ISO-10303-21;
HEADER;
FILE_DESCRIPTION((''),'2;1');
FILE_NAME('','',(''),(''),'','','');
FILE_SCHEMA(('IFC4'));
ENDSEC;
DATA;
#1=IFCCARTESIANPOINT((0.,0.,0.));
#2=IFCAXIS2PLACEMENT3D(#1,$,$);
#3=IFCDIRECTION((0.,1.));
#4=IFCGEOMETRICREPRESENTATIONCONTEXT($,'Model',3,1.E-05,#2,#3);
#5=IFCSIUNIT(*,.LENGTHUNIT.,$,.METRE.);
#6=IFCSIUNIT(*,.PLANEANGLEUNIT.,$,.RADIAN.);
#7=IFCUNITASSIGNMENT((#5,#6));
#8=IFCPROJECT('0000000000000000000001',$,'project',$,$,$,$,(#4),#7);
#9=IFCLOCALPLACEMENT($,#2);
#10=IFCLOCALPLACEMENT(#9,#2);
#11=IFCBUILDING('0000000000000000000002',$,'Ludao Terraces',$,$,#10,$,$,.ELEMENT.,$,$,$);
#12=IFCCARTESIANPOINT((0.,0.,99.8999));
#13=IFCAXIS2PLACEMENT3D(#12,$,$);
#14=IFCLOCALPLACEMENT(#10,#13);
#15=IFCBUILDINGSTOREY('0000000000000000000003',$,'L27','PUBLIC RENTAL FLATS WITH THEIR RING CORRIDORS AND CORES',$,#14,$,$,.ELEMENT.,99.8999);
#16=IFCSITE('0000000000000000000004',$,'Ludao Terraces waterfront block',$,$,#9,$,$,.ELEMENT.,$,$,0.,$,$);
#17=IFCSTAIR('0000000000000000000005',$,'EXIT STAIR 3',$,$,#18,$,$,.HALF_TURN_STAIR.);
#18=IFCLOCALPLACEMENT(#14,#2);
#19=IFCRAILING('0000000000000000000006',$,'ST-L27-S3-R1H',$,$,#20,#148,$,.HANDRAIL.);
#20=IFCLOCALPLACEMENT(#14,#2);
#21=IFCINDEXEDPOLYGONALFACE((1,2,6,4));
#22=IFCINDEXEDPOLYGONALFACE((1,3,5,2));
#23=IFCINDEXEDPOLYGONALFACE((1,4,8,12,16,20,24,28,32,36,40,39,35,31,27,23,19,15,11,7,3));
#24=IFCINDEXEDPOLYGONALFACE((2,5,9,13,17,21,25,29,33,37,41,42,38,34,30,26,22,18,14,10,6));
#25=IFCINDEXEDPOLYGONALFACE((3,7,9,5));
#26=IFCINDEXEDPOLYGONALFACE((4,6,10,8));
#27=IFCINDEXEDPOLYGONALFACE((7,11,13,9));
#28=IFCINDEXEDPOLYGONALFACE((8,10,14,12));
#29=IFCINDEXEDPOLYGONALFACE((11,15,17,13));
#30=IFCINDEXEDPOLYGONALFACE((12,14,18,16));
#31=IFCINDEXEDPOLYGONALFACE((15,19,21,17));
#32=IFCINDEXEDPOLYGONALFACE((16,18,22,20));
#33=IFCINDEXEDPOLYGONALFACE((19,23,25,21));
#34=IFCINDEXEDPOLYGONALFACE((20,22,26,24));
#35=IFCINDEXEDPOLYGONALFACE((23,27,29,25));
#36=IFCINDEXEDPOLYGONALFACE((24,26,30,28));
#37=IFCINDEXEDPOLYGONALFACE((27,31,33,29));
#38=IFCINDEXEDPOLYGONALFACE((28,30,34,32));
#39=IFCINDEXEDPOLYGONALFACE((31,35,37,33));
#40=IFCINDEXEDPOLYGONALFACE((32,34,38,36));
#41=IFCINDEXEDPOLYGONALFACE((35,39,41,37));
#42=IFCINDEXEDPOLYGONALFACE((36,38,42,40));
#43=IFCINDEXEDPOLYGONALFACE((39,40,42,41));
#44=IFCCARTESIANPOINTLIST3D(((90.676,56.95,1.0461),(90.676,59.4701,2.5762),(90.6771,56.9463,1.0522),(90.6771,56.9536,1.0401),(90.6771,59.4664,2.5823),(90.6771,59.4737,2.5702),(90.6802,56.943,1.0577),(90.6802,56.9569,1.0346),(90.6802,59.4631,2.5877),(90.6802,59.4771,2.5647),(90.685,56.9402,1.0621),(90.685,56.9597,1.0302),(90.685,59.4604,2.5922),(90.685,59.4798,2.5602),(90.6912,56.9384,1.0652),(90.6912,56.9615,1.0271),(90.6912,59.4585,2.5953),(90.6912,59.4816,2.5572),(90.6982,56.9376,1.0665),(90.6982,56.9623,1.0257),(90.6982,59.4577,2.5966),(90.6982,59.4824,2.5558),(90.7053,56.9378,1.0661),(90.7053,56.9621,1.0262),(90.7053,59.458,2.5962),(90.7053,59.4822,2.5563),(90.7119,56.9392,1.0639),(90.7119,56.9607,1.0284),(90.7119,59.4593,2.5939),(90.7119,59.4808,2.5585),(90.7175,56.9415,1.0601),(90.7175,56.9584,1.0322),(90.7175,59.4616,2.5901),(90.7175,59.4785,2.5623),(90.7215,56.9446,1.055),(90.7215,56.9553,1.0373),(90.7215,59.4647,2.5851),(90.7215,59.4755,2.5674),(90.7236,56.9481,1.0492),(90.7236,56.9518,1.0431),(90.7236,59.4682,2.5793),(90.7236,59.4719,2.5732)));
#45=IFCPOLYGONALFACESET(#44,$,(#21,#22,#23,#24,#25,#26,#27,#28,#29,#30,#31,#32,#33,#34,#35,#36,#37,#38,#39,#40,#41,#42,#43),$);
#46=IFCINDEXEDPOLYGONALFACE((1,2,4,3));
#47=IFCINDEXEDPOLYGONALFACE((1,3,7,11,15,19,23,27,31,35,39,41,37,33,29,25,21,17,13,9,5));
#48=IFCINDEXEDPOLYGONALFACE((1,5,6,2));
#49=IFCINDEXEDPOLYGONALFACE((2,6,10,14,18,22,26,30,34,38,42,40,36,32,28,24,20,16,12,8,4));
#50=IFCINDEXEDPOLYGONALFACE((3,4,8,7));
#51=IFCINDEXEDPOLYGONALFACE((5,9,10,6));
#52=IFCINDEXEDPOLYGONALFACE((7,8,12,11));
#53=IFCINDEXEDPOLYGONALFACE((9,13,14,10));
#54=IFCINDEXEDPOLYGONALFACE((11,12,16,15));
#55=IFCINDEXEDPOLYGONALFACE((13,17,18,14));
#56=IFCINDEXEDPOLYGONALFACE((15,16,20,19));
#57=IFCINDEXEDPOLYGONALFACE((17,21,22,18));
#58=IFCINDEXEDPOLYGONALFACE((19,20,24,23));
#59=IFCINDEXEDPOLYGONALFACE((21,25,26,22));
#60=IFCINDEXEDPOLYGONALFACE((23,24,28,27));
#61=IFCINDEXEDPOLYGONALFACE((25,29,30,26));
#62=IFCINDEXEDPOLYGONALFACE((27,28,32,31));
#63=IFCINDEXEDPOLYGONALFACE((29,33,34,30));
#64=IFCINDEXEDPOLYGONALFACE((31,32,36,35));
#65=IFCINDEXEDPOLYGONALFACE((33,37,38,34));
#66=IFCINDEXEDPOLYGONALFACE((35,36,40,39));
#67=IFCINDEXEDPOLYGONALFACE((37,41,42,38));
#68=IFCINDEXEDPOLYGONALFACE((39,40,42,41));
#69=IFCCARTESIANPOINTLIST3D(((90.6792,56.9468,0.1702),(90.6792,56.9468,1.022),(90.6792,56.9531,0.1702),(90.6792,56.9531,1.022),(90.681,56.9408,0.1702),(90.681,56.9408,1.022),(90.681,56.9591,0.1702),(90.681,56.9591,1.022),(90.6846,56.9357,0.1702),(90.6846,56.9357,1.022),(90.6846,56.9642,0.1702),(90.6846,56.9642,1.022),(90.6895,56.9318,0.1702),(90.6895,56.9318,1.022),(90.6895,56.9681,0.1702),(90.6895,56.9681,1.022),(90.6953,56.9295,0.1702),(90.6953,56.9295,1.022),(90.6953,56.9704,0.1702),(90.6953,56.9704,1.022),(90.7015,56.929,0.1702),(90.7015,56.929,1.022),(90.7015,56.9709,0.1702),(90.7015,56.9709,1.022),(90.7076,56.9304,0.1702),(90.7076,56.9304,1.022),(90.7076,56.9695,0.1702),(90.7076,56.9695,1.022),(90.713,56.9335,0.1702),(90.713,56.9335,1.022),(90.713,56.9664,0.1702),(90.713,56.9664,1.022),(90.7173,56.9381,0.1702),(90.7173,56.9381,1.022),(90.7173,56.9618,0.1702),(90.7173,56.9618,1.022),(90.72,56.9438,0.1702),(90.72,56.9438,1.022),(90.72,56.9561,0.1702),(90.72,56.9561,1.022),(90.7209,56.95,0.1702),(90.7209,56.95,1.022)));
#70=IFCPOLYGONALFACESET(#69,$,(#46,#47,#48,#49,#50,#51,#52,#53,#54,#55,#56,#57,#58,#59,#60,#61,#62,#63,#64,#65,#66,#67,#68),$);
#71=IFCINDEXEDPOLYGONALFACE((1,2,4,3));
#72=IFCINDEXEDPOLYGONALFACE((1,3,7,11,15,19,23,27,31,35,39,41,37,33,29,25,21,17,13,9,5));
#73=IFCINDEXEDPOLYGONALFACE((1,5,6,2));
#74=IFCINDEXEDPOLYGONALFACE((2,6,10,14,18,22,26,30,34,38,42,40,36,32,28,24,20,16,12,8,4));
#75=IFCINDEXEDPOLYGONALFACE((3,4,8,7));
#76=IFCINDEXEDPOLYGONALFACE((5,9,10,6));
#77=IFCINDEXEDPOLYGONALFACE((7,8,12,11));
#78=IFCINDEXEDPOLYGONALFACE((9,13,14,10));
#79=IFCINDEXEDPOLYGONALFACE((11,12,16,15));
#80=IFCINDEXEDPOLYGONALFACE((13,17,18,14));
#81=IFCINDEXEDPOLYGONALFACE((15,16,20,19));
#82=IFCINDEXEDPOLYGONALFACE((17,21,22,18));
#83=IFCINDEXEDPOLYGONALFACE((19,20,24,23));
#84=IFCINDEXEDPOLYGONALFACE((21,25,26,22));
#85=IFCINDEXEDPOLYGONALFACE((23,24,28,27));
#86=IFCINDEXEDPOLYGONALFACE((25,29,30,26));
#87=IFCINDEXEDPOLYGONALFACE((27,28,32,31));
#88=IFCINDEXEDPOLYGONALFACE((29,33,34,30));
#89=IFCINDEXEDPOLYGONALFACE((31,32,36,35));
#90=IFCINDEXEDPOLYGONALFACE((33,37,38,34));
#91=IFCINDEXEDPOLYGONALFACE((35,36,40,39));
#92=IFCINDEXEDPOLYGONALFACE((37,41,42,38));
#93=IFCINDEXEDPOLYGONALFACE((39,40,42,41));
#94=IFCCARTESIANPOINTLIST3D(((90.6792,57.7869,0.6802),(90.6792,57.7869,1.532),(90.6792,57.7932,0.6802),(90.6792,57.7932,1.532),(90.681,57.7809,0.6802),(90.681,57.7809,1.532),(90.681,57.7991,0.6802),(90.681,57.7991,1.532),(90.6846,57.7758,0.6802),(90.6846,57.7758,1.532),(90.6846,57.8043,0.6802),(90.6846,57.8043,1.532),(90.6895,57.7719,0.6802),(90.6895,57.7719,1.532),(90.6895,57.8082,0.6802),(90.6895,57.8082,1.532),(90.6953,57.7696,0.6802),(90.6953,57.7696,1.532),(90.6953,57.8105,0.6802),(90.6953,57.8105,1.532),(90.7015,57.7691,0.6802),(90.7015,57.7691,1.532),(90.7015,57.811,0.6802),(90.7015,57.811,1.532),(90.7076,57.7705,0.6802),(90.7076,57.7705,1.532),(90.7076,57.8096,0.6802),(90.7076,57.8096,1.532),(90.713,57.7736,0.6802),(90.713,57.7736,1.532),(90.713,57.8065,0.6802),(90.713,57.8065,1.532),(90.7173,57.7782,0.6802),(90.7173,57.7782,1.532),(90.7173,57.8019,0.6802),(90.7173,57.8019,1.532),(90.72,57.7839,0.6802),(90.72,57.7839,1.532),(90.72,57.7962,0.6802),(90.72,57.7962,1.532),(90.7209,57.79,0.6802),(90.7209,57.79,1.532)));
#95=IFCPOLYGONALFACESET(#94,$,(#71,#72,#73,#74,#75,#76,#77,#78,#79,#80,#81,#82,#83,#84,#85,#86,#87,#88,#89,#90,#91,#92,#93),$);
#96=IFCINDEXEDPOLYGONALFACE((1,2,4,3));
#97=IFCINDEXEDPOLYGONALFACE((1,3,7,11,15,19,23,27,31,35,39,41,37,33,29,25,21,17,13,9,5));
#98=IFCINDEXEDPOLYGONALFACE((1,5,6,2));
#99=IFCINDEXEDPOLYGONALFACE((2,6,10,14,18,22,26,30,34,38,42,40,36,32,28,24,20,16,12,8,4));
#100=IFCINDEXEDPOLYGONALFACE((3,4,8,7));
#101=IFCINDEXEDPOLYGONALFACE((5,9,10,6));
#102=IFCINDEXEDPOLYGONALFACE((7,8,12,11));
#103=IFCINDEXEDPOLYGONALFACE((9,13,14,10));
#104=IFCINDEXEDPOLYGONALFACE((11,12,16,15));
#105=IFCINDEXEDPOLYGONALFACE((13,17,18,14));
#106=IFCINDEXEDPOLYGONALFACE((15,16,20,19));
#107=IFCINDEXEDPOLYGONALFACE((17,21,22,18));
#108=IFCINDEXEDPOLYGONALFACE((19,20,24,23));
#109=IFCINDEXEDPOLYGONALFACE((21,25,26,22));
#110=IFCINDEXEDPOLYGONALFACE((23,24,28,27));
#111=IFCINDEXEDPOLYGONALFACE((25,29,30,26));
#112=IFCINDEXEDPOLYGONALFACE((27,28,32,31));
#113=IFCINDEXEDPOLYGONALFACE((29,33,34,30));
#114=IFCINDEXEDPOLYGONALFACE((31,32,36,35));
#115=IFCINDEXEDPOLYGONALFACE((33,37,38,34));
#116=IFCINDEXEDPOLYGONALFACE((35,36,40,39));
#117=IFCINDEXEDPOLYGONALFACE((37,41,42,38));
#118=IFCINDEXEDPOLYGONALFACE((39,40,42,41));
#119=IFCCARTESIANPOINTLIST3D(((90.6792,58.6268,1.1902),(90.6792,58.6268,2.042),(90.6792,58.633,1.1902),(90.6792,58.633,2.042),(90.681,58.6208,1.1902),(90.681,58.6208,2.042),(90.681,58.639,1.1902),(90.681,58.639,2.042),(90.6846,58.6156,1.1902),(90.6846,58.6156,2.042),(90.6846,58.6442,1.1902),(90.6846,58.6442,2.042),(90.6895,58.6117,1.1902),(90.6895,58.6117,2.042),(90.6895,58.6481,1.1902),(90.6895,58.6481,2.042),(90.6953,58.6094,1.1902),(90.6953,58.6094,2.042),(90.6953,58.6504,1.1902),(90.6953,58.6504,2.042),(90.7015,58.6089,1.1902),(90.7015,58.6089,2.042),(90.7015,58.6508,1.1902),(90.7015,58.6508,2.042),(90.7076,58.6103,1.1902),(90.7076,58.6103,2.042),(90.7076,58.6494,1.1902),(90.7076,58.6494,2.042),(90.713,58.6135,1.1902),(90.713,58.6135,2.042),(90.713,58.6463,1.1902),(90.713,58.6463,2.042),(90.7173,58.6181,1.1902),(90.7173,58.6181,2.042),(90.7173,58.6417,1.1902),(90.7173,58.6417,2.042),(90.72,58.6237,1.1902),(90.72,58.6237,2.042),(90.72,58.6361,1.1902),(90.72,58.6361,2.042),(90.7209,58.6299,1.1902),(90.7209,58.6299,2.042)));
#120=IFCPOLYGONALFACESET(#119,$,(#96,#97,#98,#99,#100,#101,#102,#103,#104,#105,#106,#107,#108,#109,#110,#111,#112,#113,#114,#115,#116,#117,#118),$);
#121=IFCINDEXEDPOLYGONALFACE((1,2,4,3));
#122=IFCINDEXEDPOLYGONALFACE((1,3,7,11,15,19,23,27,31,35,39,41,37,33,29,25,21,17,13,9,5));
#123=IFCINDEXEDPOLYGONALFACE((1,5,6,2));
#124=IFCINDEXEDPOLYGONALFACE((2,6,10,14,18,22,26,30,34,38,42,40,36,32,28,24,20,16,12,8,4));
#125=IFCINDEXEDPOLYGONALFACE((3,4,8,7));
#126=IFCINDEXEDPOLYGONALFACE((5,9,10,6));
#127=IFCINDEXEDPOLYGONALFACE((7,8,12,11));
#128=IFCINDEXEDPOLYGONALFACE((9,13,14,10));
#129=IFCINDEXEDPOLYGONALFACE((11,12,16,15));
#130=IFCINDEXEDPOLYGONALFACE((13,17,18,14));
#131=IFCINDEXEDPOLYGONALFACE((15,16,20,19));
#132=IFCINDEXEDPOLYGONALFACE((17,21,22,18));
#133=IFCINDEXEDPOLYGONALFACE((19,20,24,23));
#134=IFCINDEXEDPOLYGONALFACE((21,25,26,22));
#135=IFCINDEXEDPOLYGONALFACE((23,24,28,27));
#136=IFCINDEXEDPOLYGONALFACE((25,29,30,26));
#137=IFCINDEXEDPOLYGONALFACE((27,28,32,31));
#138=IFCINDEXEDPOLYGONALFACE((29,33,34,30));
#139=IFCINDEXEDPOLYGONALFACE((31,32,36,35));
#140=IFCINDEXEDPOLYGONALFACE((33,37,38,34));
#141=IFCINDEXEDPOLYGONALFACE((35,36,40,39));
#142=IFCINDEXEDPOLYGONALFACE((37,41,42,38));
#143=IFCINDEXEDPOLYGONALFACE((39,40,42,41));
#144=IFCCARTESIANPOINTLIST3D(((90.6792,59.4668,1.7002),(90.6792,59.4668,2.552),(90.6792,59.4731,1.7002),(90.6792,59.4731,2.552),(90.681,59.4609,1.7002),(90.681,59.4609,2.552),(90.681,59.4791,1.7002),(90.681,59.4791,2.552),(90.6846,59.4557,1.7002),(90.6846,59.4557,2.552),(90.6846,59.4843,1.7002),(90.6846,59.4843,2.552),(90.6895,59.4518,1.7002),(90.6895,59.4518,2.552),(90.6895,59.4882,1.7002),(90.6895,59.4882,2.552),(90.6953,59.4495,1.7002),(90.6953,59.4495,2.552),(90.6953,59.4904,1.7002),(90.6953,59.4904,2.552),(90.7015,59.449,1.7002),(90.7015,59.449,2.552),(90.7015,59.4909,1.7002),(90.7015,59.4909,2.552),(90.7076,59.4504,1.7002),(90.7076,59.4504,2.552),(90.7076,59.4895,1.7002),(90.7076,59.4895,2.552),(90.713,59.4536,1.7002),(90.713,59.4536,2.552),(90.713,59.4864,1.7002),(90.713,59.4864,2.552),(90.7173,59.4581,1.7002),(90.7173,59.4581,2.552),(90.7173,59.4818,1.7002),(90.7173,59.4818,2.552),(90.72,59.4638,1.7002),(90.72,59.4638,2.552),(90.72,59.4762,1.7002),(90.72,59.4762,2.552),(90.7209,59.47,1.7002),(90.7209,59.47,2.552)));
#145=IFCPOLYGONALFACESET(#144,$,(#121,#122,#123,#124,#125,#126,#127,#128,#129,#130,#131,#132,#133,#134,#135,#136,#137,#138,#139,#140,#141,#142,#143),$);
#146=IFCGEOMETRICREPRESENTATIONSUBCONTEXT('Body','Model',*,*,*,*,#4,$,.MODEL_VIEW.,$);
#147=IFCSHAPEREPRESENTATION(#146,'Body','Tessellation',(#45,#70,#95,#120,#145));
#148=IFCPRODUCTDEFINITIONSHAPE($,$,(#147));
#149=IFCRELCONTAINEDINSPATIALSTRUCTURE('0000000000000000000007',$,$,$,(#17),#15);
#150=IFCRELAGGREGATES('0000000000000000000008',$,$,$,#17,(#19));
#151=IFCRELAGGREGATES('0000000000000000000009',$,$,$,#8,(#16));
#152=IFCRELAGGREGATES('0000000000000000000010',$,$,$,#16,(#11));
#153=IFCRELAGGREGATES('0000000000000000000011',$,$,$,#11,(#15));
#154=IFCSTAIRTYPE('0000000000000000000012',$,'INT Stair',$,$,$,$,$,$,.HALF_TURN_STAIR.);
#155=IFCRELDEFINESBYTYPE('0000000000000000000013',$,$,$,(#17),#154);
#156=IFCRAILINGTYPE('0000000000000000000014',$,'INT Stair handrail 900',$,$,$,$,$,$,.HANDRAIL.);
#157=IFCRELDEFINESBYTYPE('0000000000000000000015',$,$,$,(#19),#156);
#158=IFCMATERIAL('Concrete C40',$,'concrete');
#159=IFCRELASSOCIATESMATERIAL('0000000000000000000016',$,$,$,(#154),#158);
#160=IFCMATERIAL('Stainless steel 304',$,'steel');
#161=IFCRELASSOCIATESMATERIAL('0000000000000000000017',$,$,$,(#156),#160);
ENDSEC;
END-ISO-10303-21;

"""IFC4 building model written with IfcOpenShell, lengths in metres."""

from ifc_helpers import new_model, si_unit, direction, frame, origin, origin_2d, place, context, subcontext, project, spatial, circle, extrude, material, type_object, element, aggregate, save


model = new_model("IFC4")

# Units and contexts
model_context = context("Model", 3, precision=1e-05, world=origin(), true_north=direction((0.0, 1.0)))
body_context = subcontext(model_context, "Body", "Model", "MODEL_VIEW")
ifc_project = project(units=[si_unit("LENGTHUNIT", "METRE"), si_unit("PLANEANGLEUNIT", "RADIAN")], contexts=[model_context])

# Site, building, storey
site_placement = place(None, origin())
site = spatial("IfcSite", under=ifc_project, at=site_placement, Name="Ludao Terraces waterfront block", CompositionType="ELEMENT", RefElevation=0.0)
building_placement = place(site_placement, origin())
building = spatial("IfcBuilding", under=site, at=building_placement, Name="Ludao Terraces", CompositionType="ELEMENT")
storey_placement = place(building_placement, frame((0.0, 0.0, 99.8999)))
storey = spatial("IfcBuildingStorey", under=building, at=storey_placement, Name="L27", Description="PUBLIC RENTAL FLATS WITH THEIR RING CORRIDORS AND CORES", CompositionType="ELEMENT", Elevation=99.8999)

# Shared definitions
ifc_material_1 = material(Name="Concrete C40", Category="concrete")

# Stair, railing
stair_type = type_object("IfcStairType", Name="INT Stair", PredefinedType="HALF_TURN_STAIR", material=ifc_material_1)
stair_placement = place(storey_placement, origin())
stair = element("IfcStair", 1, at=stair_placement, inside=storey, type_object=stair_type, Name="EXIT STAIR 3", PredefinedType="HALF_TURN_STAIR")
ifc_material_2 = material(Name="Stainless steel 304", Category="steel")
railing_type_1 = type_object("IfcRailingType", Name="INT Stair handrail 900", PredefinedType="HANDRAIL", material=ifc_material_2)
railing_1_placement = place(storey_placement, frame((90.7, 56.95, 0.1702)))
railing_1 = element("IfcRailing", 2, at=railing_1_placement, type_object=railing_type_1, Name="ST-L27-S3-R1H", PredefinedType="HANDRAIL", context=body_context, shape_type="SweptSolid", body=[
    extrude(circle(Radius=0.0239, at=origin_2d()), frame((0.0, 0.0, 0.876), z_axis=(0.0, 0.854785, 0.518982), x_axis=(-1.0, 0.0, 0.0)), (0.0, 0.0, 1.0), 2.9482),
    extrude(circle(Radius=0.021, at=origin_2d()), origin(), (0.0, 0.0, 1.0), 0.8518),
    extrude(circle(Radius=0.021, at=origin_2d()), frame((0.0, 0.8401, 0.51)), (0.0, 0.0, 1.0), 0.8518),
    extrude(circle(Radius=0.021, at=origin_2d()), frame((0.0, 1.6799, 1.02)), (0.0, 0.0, 1.0), 0.8518),
    extrude(circle(Radius=0.021, at=origin_2d()), frame((0.0, 2.52, 1.53)), (0.0, 0.0, 1.0), 0.8518),
])
aggregate(stair, [railing_1])

save(model, "model.ifc")
